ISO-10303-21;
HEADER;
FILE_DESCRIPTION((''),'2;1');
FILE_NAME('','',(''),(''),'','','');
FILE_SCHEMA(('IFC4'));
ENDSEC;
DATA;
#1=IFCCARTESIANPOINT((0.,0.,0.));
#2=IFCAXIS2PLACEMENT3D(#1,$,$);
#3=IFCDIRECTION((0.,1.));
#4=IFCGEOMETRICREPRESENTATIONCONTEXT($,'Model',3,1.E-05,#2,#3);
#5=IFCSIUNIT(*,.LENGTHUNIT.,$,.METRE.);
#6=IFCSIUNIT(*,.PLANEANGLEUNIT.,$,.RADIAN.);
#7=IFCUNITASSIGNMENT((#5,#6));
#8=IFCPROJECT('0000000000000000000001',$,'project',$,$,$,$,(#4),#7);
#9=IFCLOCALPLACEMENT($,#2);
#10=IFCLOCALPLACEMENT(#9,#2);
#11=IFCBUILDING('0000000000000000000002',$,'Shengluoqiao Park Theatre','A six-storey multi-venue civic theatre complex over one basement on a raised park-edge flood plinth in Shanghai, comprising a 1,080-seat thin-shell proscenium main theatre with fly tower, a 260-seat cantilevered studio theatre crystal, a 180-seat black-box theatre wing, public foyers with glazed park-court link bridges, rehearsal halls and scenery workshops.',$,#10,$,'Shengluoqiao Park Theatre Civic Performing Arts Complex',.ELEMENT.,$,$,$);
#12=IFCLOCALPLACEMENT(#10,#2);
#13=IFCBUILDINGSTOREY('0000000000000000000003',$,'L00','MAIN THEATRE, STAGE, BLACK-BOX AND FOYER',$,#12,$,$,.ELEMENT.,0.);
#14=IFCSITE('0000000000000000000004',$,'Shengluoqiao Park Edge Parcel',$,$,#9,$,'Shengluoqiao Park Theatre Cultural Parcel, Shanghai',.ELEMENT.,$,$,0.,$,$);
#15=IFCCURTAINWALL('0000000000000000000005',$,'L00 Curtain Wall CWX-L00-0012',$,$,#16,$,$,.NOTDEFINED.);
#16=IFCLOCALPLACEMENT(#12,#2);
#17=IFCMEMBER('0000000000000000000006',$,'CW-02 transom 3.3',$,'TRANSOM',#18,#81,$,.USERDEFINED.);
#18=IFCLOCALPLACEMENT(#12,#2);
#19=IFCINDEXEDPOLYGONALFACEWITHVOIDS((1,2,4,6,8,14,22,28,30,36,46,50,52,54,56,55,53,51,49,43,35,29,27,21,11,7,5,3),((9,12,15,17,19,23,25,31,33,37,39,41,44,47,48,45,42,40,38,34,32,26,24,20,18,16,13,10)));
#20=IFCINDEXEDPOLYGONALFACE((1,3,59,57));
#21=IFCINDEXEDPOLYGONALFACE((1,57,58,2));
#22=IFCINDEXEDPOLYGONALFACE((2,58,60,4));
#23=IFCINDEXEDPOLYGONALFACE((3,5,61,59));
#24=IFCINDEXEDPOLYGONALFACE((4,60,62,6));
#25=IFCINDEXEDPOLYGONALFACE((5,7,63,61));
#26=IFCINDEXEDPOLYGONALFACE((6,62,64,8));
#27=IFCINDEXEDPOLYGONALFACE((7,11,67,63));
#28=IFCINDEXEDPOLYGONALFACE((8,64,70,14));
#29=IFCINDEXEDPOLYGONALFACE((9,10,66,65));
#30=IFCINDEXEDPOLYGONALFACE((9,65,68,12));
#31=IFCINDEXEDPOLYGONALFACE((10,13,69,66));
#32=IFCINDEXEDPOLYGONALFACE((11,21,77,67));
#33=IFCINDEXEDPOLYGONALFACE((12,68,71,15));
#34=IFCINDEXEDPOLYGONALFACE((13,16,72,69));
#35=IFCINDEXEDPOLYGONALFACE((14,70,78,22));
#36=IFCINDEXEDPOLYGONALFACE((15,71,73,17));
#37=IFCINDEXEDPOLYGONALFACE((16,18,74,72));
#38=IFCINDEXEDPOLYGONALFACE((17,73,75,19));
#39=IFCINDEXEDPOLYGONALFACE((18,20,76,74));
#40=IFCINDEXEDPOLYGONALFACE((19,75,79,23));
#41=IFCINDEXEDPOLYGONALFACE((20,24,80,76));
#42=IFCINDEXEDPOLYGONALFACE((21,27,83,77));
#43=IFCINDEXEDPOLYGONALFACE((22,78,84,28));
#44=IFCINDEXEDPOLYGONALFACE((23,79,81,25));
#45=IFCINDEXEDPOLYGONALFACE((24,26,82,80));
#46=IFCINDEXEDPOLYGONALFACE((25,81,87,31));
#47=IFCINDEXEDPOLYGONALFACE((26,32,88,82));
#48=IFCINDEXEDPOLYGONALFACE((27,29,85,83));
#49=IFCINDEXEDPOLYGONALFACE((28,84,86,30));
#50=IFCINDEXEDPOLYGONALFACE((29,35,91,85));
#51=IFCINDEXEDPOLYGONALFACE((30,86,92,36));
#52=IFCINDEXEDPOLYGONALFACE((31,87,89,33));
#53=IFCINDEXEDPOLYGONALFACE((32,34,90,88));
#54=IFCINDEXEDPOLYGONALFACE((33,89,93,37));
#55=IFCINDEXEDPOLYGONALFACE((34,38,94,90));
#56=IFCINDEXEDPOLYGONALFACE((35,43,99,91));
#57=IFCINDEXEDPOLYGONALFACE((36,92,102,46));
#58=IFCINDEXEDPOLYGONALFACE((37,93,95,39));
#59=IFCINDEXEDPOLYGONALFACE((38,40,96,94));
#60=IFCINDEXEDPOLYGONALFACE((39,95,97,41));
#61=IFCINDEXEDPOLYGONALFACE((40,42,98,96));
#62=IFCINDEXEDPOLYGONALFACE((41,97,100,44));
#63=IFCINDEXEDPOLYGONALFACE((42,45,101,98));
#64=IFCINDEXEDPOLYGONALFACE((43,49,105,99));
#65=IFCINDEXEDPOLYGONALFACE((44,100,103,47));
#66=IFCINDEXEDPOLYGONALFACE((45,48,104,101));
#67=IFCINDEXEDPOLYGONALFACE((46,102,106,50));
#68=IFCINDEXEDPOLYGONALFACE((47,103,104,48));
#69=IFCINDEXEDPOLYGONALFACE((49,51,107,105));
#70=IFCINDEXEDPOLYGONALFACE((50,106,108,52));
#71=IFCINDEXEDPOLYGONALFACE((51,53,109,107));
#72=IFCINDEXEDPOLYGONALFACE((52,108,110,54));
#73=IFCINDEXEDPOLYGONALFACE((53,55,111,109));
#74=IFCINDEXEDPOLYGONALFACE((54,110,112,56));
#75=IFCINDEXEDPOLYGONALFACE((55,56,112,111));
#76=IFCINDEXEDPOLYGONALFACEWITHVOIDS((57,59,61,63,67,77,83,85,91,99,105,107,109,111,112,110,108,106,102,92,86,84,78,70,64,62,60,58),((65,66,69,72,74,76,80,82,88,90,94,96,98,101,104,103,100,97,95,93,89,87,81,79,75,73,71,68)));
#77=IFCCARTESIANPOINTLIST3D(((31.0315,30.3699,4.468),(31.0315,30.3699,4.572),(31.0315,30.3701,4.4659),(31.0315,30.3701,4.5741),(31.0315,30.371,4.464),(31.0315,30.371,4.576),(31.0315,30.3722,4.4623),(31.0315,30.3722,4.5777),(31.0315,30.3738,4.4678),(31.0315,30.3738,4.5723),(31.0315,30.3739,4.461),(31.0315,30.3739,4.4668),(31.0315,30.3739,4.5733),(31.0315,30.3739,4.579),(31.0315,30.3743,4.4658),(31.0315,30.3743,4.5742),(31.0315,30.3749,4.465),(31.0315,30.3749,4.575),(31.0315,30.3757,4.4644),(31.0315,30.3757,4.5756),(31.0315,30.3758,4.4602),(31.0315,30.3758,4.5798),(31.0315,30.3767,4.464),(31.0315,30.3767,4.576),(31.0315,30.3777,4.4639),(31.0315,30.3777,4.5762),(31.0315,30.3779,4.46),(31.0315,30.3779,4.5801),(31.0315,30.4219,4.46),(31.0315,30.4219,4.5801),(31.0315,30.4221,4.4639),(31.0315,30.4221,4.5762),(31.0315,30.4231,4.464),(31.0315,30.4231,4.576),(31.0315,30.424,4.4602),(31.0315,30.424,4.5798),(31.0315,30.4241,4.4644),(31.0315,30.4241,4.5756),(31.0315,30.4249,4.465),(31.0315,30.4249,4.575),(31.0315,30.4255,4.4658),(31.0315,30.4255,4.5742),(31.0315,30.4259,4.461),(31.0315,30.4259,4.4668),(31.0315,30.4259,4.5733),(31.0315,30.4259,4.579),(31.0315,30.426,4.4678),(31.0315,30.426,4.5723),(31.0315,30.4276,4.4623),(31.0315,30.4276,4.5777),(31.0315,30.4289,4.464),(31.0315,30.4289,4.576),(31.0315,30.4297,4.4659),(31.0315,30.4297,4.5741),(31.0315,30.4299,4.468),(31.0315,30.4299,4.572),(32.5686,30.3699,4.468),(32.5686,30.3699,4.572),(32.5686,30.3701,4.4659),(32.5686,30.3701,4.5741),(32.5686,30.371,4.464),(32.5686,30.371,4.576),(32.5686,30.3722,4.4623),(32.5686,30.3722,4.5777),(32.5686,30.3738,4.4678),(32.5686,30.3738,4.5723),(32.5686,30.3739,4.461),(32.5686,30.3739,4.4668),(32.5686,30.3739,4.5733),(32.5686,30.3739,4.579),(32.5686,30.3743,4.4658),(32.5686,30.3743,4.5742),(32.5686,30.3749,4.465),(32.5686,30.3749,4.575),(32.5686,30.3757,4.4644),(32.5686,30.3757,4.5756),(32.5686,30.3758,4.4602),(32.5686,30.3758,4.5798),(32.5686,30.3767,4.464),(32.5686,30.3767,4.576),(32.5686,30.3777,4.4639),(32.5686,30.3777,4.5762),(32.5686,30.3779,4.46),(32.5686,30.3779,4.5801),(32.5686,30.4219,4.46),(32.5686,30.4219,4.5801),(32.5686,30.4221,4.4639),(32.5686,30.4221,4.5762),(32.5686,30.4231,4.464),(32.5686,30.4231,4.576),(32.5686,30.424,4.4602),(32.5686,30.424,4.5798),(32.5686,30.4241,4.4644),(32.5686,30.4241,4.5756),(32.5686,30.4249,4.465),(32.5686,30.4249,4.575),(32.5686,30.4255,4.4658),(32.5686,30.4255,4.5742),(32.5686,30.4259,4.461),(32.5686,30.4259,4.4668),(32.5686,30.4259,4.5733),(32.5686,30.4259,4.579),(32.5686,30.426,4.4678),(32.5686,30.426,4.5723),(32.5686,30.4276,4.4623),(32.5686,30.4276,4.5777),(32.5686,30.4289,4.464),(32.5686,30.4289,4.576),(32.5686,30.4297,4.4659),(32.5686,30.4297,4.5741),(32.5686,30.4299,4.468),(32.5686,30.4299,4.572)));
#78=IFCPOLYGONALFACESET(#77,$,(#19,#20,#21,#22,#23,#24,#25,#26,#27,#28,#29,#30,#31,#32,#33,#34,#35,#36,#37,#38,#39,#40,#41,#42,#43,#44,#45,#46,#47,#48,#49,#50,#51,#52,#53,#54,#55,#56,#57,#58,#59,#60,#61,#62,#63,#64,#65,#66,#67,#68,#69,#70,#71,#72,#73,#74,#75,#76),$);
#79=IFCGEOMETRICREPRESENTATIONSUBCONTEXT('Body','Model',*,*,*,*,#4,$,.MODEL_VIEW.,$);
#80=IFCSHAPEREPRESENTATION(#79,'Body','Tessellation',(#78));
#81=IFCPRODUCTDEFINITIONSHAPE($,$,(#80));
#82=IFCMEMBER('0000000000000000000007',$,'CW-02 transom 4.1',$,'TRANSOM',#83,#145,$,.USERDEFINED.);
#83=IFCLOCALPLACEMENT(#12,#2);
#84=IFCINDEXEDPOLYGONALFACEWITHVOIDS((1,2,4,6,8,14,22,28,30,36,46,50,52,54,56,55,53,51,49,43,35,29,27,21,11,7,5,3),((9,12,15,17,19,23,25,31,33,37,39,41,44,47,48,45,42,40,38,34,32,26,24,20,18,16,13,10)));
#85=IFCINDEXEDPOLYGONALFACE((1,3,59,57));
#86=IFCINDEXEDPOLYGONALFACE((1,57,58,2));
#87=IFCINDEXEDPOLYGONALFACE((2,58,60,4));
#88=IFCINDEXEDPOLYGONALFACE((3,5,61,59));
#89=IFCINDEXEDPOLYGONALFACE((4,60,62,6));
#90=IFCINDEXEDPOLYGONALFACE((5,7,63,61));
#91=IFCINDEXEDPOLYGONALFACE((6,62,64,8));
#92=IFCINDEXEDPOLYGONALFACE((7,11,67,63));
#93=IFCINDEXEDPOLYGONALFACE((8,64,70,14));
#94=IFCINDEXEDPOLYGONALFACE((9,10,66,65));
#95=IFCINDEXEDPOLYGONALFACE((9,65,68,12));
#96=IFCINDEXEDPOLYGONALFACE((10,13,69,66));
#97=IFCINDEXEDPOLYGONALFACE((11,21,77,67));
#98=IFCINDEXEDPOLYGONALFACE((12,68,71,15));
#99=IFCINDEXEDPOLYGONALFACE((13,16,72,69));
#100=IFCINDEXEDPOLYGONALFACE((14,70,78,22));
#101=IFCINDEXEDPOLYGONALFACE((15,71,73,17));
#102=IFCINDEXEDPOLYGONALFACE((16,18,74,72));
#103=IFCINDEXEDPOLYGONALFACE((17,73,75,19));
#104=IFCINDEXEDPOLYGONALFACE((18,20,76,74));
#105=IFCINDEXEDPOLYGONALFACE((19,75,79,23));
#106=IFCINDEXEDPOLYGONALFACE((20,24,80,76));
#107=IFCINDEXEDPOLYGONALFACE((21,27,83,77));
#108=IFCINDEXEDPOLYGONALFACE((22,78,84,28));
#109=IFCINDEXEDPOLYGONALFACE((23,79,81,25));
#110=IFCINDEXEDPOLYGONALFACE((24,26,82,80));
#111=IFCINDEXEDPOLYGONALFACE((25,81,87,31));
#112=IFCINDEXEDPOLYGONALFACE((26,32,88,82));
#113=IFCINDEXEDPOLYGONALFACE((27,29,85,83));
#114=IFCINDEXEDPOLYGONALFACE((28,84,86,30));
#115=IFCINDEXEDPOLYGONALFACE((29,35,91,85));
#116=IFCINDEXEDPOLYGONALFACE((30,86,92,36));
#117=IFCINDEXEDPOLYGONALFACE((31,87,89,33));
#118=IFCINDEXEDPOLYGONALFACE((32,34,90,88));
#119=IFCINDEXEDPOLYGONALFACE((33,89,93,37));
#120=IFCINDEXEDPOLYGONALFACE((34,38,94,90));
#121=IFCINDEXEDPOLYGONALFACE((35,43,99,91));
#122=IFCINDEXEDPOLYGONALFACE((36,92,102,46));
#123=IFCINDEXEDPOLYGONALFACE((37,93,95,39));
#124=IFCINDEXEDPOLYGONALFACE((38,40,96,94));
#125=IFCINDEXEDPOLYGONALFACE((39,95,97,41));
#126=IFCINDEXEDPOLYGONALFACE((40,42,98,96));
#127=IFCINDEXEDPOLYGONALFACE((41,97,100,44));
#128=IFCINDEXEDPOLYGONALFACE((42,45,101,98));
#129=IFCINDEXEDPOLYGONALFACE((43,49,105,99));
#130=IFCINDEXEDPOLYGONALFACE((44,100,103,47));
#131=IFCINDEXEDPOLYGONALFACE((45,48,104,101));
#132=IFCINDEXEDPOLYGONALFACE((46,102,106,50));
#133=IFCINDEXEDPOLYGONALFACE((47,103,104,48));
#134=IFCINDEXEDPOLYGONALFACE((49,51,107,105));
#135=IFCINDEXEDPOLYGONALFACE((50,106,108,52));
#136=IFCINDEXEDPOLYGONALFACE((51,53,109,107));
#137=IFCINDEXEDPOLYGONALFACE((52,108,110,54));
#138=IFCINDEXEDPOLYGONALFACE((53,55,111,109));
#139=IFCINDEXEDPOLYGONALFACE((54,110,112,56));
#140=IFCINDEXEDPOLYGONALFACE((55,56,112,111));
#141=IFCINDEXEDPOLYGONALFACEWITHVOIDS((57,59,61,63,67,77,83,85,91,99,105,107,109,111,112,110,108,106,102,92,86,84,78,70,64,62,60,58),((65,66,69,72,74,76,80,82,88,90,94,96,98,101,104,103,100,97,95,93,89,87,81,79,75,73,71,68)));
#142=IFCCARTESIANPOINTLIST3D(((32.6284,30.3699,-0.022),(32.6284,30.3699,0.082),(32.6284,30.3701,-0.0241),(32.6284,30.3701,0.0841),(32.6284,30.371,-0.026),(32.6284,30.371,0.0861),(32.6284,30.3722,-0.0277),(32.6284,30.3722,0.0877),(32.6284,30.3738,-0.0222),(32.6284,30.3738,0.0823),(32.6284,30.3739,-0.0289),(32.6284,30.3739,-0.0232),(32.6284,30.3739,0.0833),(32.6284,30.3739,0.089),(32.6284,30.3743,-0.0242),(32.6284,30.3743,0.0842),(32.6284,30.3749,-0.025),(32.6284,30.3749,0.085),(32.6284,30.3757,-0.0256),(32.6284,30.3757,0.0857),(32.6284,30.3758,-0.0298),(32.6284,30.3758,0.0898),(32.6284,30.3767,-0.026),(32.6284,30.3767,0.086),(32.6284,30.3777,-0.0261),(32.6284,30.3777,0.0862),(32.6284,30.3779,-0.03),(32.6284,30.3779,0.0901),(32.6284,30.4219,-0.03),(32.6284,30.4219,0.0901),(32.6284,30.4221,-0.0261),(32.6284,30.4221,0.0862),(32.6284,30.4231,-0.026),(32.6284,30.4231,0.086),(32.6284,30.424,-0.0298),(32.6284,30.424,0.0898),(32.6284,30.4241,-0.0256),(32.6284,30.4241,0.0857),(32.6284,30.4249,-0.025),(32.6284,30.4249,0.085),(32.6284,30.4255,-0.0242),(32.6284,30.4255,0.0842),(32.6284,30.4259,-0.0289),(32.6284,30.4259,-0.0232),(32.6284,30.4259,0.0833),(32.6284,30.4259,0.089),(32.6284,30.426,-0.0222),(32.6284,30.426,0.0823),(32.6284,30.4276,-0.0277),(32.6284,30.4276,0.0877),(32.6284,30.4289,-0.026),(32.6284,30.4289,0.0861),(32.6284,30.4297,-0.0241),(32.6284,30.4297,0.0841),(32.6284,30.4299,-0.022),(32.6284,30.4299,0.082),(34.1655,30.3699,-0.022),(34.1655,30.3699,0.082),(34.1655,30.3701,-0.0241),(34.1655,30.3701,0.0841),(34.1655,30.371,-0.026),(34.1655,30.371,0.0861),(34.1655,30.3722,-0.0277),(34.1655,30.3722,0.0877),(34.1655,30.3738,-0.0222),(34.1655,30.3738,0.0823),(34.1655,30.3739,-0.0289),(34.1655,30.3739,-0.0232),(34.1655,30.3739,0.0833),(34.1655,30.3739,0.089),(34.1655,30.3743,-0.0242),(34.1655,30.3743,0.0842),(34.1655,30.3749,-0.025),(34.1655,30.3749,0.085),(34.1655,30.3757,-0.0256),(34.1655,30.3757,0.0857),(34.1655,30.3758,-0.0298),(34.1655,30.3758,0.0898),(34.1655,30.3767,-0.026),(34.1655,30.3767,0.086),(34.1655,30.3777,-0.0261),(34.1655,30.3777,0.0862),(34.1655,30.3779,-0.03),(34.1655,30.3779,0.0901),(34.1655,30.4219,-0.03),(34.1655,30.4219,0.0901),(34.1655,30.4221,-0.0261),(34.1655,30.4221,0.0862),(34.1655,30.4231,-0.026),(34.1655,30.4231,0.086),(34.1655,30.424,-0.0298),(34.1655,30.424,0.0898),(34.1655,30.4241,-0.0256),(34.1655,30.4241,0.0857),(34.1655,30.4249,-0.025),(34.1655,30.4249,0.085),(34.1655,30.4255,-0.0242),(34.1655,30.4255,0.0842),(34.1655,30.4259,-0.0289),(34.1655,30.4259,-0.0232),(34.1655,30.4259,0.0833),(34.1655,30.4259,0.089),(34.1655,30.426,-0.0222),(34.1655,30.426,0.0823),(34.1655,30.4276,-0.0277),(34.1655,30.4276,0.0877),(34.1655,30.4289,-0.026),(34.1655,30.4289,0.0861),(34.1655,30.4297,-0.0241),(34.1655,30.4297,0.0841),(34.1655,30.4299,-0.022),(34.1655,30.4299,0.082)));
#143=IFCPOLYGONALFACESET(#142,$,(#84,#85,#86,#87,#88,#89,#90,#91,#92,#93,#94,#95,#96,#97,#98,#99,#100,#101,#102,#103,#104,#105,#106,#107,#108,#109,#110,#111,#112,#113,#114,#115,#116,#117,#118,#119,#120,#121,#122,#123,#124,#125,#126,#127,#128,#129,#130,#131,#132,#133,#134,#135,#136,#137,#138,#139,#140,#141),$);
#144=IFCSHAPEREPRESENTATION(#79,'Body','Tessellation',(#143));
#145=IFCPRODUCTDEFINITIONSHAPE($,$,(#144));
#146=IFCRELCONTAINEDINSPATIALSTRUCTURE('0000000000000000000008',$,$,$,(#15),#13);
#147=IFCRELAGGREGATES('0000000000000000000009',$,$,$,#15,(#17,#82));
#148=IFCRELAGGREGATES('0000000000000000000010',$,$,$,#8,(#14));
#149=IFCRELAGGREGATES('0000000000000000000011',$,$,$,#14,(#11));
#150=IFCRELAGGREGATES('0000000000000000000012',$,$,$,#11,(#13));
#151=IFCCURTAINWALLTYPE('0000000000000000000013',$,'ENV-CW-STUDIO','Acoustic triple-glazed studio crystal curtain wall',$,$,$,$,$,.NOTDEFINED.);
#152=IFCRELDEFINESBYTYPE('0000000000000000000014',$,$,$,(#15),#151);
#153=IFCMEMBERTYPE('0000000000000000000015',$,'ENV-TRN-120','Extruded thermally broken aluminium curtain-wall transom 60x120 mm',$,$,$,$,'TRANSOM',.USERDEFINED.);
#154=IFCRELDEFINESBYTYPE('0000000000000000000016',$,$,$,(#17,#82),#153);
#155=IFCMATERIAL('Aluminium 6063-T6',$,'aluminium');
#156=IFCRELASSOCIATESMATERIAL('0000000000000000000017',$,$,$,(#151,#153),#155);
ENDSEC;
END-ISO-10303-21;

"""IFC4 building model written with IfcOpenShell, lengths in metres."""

from ifc_helpers import new_model, si_unit, direction, frame, origin, origin_2d, place, context, subcontext, project, spatial, hollow_rectangle, extrude, material, material_profile, profile_set, type_object, element, aggregate, save


model = new_model("IFC4")

# Units and contexts
model_context = context("Model", 3, precision=1e-05, world=origin(), true_north=direction((0.0, 1.0)))
body_context = subcontext(model_context, "Body", "Model", "MODEL_VIEW")
ifc_project = project(units=[si_unit("LENGTHUNIT", "METRE"), si_unit("PLANEANGLEUNIT", "RADIAN")], contexts=[model_context])

# Site, building, storey
site_placement = place(None, origin())
site = spatial("IfcSite", under=ifc_project, at=site_placement, Name="Shengluoqiao Park Edge Parcel", LongName="Shengluoqiao Park Theatre Cultural Parcel, Shanghai", CompositionType="ELEMENT", RefElevation=0.0)
building_placement = place(site_placement, origin())
building = spatial("IfcBuilding", under=site, at=building_placement, Name="Shengluoqiao Park Theatre", Description="A six-storey multi-venue civic theatre complex over one basement on a raised park-edge flood plinth in Shanghai, comprising a 1,080-seat thin-shell proscenium main theatre with fly tower, a 260-seat cantilevered studio theatre crystal, a 180-seat black-box theatre wing, public foyers with glazed park-court link bridges, rehearsal halls and scenery workshops.", LongName="Shengluoqiao Park Theatre Civic Performing Arts Complex", CompositionType="ELEMENT")
storey_placement = place(building_placement, origin())
storey = spatial("IfcBuildingStorey", under=building, at=storey_placement, Name="L00", Description="MAIN THEATRE, STAGE, BLACK-BOX AND FOYER", CompositionType="ELEMENT", Elevation=0.0)

# Curtain wall
ifc_material_1 = material(Name="Aluminium 6063-T6", Category="aluminium")
curtain_wall_type_1 = type_object("IfcCurtainWallType", Name="ENV-CW-STUDIO", Description="Acoustic triple-glazed studio crystal curtain wall", PredefinedType="NOTDEFINED", material=ifc_material_1)
curtain_wall_1_placement = place(storey_placement, origin())
curtain_wall_1 = element("IfcCurtainWall", 1, at=curtain_wall_1_placement, inside=storey, type_object=curtain_wall_type_1, Name="L00 Curtain Wall CWX-L00-0012", PredefinedType="NOTDEFINED")

# Members
ifc_material_profile_1 = material_profile(ifc_material_1, hollow_rectangle(XDim=0.0601, YDim=0.1201, WallThickness=0.0039, InnerFilletRadius=0.0039, OuterFilletRadius=0.0081, at=origin_2d()), Name="ALU TRANSOM 120x60x4")
ifc_profile_set_1 = profile_set([ifc_material_profile_1], Name="Aluminium 6063-T6")
member_type_1 = type_object("IfcMemberType", Name="ENV-TRN-120", Description="Extruded thermally broken aluminium curtain-wall transom 60x120 mm", ElementType="TRANSOM", PredefinedType="USERDEFINED", material=ifc_profile_set_1)
member_1_placement = place(storey_placement, frame((31.0315, 30.3999, 4.52), z_axis=(1.0, 0.0, 0.0), x_axis=(0.0, 1.0, 0.0)))
member_1 = element("IfcMember", 2, at=member_1_placement, type_object=member_type_1, Name="CW-02 transom 3.3", ObjectType="TRANSOM", PredefinedType="USERDEFINED", context=body_context, shape_type="SweptSolid", body=[
    extrude(hollow_rectangle(XDim=0.0601, YDim=0.1201, WallThickness=0.0039, InnerFilletRadius=0.0039, OuterFilletRadius=0.0081, at=origin_2d()), origin(), (0.0, 0.0, 1.0), 1.5371),
])
member_2_placement = place(storey_placement, frame((32.6284, 30.3999, 0.03), z_axis=(1.0, 0.0, 0.0), x_axis=(0.0, 1.0, 0.0)))
member_2 = element("IfcMember", 3, at=member_2_placement, type_object=member_type_1, Name="CW-02 transom 4.1", ObjectType="TRANSOM", PredefinedType="USERDEFINED", context=body_context, shape_type="SweptSolid", body=[
    extrude(hollow_rectangle(XDim=0.0601, YDim=0.1201, WallThickness=0.0039, InnerFilletRadius=0.0039, OuterFilletRadius=0.0081, at=origin_2d()), origin(), (0.0, 0.0, 1.0), 1.5371),
])

aggregate(curtain_wall_1, [member_1, member_2])

save(model, "model.ifc")
